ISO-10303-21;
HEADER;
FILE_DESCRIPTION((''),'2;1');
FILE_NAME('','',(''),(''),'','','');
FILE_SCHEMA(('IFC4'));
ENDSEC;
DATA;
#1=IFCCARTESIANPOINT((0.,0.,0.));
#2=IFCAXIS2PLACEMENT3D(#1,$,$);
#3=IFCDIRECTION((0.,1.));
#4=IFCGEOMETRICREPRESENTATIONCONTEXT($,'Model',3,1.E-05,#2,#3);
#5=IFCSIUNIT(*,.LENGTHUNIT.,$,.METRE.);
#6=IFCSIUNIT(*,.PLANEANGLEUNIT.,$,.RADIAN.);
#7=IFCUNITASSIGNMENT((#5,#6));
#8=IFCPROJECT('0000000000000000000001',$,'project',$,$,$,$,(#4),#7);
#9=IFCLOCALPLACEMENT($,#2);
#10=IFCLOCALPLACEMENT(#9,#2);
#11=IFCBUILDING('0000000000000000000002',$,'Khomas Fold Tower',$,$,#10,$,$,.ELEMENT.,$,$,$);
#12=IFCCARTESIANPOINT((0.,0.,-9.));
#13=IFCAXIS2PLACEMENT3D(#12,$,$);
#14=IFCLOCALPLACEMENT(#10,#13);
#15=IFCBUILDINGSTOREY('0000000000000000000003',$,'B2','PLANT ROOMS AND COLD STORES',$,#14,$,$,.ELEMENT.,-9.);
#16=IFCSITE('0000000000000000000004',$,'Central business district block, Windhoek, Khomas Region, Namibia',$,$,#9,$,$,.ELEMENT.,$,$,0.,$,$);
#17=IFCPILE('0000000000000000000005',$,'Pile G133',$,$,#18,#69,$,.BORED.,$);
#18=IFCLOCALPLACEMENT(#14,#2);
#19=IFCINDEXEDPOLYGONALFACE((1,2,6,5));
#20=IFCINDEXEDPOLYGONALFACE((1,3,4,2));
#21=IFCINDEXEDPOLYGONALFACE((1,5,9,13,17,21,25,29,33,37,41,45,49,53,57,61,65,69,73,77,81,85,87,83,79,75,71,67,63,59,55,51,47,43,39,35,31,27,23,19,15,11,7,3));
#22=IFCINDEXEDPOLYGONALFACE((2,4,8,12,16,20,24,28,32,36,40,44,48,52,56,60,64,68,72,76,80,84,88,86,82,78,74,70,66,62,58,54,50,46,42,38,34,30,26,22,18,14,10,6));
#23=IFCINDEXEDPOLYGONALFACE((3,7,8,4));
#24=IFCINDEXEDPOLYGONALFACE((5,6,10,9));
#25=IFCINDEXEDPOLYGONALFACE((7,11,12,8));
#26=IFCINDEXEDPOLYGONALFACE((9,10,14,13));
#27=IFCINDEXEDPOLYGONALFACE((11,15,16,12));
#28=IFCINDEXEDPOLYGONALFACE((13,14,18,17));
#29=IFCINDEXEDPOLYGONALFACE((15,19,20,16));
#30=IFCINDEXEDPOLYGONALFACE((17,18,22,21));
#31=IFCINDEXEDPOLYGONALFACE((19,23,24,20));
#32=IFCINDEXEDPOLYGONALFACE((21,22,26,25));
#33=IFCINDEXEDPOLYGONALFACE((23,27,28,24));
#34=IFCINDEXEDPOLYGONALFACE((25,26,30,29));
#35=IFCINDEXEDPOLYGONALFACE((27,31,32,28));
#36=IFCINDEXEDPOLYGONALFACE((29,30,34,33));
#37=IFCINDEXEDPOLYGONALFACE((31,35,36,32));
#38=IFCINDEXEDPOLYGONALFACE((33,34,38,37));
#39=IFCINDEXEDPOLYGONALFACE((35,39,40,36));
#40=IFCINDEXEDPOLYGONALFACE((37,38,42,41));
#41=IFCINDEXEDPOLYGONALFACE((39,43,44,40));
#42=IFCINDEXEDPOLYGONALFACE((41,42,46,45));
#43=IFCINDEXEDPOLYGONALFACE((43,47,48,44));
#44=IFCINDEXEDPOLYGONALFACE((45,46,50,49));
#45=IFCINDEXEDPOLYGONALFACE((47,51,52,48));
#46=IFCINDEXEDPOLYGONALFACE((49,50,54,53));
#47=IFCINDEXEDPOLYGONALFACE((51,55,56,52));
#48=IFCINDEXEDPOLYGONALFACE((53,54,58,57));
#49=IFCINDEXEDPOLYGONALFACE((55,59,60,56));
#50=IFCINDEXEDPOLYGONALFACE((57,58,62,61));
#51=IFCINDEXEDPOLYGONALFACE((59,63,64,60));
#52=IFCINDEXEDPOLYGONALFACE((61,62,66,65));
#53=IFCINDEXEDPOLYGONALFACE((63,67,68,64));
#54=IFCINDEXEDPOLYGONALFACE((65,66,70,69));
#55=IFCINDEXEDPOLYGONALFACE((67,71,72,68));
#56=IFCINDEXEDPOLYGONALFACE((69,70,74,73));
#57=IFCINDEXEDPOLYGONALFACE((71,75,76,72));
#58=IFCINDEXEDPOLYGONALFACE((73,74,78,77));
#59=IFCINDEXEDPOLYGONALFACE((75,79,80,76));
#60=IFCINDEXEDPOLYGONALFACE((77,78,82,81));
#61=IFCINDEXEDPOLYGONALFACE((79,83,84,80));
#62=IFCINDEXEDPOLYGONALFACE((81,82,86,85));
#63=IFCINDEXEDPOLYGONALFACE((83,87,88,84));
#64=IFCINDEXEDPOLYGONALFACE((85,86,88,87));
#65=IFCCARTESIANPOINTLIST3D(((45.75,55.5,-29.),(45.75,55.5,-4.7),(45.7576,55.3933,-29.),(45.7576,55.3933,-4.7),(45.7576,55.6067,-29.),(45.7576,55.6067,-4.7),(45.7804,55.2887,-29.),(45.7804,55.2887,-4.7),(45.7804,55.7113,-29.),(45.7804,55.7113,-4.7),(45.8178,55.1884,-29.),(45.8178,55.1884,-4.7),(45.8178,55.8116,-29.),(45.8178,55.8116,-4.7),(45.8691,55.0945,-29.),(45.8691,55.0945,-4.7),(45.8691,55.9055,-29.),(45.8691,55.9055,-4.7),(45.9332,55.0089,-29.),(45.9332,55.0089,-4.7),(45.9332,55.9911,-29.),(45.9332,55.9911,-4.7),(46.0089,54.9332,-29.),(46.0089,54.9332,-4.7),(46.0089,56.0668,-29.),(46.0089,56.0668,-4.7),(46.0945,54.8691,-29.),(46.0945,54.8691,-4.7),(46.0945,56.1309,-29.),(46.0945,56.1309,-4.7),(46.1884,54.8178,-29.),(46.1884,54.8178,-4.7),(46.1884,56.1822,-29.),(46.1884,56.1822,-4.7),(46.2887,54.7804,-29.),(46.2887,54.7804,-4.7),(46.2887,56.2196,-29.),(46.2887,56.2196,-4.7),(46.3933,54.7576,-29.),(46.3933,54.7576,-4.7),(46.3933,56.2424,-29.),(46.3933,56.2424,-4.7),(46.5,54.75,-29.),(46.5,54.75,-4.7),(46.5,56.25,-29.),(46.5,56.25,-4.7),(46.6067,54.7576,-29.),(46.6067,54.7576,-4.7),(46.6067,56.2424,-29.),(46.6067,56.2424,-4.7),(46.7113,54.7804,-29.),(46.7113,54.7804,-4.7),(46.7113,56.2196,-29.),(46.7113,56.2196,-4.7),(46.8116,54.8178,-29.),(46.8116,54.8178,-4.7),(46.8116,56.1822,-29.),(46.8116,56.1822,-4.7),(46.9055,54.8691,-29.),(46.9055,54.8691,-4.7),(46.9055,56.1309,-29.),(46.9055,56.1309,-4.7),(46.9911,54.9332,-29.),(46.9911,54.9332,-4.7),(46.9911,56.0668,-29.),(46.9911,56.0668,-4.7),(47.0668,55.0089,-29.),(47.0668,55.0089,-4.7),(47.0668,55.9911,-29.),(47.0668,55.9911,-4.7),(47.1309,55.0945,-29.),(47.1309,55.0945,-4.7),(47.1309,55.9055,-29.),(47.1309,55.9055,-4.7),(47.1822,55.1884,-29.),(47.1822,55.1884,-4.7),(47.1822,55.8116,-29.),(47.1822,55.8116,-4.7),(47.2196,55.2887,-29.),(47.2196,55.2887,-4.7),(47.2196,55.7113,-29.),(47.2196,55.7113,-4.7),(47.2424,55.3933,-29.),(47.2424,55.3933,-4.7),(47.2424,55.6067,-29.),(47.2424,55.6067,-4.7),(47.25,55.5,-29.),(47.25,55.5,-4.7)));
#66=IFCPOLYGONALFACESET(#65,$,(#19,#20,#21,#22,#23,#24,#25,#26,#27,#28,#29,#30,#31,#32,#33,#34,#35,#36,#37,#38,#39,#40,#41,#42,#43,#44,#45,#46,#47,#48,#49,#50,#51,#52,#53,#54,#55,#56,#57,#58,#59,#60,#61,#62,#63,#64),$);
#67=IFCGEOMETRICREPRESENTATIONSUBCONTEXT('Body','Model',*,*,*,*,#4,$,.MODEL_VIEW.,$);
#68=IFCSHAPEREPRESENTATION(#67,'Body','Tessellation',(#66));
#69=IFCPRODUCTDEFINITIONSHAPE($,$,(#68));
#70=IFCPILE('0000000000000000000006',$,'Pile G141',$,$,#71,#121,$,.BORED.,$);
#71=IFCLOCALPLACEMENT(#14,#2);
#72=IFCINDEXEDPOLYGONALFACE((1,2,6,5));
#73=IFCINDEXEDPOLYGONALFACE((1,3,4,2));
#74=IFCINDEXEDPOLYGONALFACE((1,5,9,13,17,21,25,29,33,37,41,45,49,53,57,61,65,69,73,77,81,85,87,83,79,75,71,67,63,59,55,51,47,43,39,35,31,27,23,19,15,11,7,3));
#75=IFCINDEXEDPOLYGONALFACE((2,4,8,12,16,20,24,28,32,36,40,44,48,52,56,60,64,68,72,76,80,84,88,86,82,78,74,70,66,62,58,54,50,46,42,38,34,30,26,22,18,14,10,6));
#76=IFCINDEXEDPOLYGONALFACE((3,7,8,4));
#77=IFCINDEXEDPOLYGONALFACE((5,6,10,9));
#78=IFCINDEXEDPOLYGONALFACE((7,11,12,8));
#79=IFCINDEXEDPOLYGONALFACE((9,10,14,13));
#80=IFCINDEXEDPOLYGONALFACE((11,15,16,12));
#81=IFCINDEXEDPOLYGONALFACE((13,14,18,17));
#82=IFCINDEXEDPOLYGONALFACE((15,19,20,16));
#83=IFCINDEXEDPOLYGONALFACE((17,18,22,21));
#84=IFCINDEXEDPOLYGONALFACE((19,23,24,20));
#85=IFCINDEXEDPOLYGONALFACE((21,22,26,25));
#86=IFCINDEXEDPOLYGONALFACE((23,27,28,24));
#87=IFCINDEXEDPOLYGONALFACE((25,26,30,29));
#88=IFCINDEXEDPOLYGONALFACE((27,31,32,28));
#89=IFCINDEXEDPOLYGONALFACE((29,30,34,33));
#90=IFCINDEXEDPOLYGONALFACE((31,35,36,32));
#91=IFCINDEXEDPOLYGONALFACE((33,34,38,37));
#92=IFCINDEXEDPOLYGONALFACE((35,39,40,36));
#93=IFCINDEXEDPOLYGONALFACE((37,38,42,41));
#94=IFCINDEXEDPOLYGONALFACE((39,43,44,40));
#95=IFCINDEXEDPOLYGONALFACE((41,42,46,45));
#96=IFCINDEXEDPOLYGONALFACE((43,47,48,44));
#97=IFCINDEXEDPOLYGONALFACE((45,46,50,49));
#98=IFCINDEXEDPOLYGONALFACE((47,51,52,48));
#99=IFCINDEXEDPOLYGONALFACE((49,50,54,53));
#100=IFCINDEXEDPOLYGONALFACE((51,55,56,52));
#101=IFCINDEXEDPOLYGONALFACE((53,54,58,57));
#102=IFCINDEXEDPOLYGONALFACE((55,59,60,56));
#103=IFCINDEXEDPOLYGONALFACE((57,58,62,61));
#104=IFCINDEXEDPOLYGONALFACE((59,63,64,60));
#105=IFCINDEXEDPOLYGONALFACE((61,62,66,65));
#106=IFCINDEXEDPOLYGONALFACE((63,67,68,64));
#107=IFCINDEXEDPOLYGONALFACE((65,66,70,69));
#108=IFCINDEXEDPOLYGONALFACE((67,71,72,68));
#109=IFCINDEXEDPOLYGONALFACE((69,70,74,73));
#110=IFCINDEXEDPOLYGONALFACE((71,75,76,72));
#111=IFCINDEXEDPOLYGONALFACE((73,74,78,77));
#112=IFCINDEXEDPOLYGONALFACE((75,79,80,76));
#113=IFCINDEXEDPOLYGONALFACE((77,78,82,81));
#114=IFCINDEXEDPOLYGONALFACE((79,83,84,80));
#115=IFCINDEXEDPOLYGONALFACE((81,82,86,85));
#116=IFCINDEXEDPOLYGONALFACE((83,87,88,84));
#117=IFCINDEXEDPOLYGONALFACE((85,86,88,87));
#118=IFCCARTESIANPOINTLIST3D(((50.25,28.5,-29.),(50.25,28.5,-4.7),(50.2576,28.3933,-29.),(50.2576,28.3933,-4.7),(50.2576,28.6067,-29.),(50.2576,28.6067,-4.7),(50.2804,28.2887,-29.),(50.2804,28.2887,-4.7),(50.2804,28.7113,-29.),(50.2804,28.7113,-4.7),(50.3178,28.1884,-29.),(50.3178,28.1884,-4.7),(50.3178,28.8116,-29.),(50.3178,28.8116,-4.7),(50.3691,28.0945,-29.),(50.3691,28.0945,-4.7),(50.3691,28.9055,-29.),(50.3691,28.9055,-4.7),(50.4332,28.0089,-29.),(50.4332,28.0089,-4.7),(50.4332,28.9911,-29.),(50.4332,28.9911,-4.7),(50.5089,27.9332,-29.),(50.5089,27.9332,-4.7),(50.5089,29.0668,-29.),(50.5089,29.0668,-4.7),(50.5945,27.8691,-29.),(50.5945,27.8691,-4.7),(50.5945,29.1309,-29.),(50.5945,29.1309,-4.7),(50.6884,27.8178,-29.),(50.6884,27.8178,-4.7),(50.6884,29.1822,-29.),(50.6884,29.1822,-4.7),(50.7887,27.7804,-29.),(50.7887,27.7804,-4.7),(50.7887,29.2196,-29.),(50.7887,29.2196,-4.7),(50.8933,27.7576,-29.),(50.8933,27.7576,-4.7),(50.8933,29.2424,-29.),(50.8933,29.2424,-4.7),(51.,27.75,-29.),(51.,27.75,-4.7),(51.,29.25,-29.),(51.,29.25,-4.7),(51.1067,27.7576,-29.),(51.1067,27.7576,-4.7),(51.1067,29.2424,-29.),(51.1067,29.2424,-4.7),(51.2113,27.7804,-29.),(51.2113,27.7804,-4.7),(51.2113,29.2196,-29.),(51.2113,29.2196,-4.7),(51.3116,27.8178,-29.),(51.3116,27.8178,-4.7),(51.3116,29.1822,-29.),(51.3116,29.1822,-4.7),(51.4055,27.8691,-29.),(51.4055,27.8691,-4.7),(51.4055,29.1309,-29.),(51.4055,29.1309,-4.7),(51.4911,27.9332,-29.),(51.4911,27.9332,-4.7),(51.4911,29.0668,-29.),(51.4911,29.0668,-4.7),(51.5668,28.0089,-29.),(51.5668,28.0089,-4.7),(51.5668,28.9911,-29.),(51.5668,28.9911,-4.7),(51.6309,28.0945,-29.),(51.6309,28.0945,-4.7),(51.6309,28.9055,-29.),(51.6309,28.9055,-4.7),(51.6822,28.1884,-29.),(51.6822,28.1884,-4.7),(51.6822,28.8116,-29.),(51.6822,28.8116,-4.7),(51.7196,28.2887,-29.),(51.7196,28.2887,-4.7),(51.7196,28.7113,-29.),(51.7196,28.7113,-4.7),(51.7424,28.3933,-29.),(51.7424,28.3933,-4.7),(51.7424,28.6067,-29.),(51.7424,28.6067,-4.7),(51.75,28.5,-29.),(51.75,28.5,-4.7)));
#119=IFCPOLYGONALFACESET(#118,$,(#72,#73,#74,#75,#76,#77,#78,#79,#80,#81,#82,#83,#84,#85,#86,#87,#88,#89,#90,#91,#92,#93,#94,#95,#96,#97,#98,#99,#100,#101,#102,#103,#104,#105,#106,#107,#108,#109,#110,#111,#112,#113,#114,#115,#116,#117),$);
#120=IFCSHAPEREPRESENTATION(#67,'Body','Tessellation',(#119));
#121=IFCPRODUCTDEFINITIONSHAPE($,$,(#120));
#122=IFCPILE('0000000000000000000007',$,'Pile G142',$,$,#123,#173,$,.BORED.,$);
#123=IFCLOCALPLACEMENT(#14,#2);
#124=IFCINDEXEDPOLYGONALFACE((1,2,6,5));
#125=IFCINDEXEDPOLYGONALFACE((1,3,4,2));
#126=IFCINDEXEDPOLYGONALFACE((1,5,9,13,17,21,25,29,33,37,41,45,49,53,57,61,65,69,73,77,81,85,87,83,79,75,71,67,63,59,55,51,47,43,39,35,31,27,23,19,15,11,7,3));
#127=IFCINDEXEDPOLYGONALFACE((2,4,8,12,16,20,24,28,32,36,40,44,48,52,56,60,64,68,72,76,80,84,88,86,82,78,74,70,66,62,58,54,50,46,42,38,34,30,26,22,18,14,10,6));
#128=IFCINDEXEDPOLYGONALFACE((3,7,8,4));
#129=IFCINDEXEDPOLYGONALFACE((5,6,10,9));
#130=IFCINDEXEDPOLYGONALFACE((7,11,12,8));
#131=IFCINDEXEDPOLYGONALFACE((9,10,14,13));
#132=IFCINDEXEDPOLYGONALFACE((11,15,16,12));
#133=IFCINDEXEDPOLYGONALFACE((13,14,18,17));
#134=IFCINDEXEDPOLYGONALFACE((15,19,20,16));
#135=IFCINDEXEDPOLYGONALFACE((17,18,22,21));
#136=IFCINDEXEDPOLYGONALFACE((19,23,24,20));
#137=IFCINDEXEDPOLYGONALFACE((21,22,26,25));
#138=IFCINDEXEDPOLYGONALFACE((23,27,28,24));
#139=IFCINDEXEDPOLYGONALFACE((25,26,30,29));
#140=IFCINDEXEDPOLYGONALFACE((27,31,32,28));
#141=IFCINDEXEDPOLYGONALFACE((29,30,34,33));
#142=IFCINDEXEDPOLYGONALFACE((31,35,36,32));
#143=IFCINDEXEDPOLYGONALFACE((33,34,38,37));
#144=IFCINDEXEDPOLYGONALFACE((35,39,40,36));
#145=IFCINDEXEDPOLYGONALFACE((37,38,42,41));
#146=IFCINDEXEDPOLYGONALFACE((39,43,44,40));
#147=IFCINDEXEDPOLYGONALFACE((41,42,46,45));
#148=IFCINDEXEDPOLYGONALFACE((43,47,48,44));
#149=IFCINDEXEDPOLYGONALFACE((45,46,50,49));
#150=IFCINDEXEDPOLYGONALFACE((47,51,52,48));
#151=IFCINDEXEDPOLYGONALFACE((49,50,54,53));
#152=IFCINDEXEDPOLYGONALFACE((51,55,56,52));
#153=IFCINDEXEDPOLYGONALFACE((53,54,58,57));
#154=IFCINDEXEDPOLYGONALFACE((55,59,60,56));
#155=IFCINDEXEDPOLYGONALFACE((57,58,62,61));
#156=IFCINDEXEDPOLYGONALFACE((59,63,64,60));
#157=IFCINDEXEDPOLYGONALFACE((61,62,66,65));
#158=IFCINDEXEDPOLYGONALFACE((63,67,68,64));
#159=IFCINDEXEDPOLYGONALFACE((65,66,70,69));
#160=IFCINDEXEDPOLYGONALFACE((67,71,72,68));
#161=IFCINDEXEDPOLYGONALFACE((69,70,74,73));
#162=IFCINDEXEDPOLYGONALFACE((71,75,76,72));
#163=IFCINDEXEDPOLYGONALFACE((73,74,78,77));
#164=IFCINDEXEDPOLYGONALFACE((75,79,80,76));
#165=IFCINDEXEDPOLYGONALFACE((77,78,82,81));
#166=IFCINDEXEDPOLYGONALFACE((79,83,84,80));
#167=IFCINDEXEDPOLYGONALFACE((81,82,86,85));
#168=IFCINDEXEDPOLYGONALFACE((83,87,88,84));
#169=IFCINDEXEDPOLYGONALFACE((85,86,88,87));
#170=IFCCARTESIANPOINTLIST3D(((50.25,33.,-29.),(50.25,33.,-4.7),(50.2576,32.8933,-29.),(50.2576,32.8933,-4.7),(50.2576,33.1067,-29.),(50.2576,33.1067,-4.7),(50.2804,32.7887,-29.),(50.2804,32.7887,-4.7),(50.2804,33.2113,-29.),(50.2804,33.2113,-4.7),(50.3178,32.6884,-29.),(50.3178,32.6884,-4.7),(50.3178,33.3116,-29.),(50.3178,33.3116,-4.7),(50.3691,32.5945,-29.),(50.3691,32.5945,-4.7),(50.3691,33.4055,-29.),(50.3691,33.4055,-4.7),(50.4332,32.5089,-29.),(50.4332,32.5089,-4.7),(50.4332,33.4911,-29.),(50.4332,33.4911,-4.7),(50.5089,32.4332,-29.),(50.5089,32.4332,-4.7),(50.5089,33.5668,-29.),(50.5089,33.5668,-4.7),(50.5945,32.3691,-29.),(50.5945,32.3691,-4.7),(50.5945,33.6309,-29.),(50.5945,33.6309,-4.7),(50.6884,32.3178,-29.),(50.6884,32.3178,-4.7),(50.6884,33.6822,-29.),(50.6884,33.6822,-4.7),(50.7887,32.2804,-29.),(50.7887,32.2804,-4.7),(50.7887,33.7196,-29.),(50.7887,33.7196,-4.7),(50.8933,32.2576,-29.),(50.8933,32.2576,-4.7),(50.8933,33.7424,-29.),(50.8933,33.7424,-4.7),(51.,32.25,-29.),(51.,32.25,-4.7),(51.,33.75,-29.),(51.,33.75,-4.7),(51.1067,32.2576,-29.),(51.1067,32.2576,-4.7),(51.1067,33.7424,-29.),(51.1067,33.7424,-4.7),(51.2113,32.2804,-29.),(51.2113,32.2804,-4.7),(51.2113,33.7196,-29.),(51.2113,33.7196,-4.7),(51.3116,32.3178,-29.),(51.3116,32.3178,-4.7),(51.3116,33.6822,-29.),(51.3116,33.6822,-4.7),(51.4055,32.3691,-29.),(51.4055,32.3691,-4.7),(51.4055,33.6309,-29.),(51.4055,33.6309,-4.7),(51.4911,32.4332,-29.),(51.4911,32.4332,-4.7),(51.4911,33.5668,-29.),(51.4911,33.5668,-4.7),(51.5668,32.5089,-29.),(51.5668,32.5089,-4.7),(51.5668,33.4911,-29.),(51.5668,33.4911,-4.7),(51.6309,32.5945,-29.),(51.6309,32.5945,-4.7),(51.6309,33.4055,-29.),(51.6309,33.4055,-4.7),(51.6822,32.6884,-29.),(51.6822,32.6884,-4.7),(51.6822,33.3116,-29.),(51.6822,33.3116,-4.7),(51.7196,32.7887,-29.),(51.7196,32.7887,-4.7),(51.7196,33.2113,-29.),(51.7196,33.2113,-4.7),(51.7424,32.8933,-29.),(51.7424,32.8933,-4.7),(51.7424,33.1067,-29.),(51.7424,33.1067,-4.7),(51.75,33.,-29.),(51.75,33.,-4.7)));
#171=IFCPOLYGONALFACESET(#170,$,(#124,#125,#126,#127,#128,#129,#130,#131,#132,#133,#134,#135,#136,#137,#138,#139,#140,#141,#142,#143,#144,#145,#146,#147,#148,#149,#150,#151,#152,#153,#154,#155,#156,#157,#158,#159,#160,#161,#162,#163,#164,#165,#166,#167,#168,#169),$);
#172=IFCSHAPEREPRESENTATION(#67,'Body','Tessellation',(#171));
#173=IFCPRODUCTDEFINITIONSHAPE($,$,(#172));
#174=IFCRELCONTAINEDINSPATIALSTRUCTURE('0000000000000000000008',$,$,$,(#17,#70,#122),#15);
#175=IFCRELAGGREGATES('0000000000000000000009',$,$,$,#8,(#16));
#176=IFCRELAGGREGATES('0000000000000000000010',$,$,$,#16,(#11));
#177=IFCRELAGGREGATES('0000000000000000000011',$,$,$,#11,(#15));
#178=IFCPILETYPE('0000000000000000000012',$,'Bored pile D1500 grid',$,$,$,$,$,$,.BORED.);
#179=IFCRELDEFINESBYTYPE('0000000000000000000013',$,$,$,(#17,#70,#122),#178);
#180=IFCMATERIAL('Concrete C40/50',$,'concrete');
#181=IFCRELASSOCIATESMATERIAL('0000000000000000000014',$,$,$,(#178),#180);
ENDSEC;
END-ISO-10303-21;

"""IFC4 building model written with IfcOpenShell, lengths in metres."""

from ifc_helpers import new_model, si_unit, direction, frame, origin, origin_2d, place, context, subcontext, project, spatial, circle, extrude, source, transform, mapped, material, material_profile, profile_set, type_object, element, save


model = new_model("IFC4")

# Units and contexts
model_context = context("Model", 3, precision=1e-05, world=origin(), true_north=direction((0.0, 1.0)))
body_context = subcontext(model_context, "Body", "Model", "MODEL_VIEW")
ifc_project = project(units=[si_unit("LENGTHUNIT", "METRE"), si_unit("PLANEANGLEUNIT", "RADIAN")], contexts=[model_context])

# Site, building, storey
site_placement = place(None, origin())
site = spatial("IfcSite", under=ifc_project, at=site_placement, Name="Central business district block, Windhoek, Khomas Region, Namibia", CompositionType="ELEMENT", RefElevation=0.0)
building_placement = place(site_placement, origin())
building = spatial("IfcBuilding", under=site, at=building_placement, Name="Khomas Fold Tower", CompositionType="ELEMENT")
storey_placement = place(building_placement, frame((0.0, 0.0, -9.0)))
storey = spatial("IfcBuildingStorey", under=building, at=storey_placement, Name="B2", Description="PLANT ROOMS AND COLD STORES", CompositionType="ELEMENT", Elevation=-9.0)

# Piles
ifc_material_1 = material(Name="Concrete C40/50", Category="concrete")
ifc_material_profile_1 = material_profile(ifc_material_1, circle(Radius=0.75, at=origin_2d()), Name="PILE D1500")
ifc_profile_set_1 = profile_set([ifc_material_profile_1], Name="Concrete C40/50")
pile_type = type_object("IfcPileType", Name="Bored pile D1500 grid", PredefinedType="BORED", material=ifc_profile_set_1)
shared_shape_1 = source(origin(), body_context, "Body", "SweptSolid", [
    extrude(circle(Radius=0.75, at=origin_2d()), origin(), (0.0, 0.0, 1.0), 24.3),
])
for number, where, z_axis, x_axis, name in (
    (1, (46.5, 55.5, -4.7), (0.0, 0.0, -1.0), (1.0, 0.0, 0.0), "Pile G133"),
    (2, (51.0, 28.5, -4.7), (0.0, 0.0, -1.0), (1.0, 0.0, 0.0), "Pile G141"),
    (3, (51.0, 33.0, -4.7), (0.0, 0.0, -1.0), (1.0, 0.0, 0.0), "Pile G142"),
):
    element("IfcPile", number, at=place(storey_placement, frame(where, z_axis=z_axis, x_axis=x_axis)), inside=storey, type_object=pile_type, Name=name, PredefinedType="BORED", context=body_context, shape_type="MappedRepresentation", body=[
        mapped(shared_shape_1, transform((0.0, 0.0, 0.0))),
    ])

save(model, "model.ifc")
